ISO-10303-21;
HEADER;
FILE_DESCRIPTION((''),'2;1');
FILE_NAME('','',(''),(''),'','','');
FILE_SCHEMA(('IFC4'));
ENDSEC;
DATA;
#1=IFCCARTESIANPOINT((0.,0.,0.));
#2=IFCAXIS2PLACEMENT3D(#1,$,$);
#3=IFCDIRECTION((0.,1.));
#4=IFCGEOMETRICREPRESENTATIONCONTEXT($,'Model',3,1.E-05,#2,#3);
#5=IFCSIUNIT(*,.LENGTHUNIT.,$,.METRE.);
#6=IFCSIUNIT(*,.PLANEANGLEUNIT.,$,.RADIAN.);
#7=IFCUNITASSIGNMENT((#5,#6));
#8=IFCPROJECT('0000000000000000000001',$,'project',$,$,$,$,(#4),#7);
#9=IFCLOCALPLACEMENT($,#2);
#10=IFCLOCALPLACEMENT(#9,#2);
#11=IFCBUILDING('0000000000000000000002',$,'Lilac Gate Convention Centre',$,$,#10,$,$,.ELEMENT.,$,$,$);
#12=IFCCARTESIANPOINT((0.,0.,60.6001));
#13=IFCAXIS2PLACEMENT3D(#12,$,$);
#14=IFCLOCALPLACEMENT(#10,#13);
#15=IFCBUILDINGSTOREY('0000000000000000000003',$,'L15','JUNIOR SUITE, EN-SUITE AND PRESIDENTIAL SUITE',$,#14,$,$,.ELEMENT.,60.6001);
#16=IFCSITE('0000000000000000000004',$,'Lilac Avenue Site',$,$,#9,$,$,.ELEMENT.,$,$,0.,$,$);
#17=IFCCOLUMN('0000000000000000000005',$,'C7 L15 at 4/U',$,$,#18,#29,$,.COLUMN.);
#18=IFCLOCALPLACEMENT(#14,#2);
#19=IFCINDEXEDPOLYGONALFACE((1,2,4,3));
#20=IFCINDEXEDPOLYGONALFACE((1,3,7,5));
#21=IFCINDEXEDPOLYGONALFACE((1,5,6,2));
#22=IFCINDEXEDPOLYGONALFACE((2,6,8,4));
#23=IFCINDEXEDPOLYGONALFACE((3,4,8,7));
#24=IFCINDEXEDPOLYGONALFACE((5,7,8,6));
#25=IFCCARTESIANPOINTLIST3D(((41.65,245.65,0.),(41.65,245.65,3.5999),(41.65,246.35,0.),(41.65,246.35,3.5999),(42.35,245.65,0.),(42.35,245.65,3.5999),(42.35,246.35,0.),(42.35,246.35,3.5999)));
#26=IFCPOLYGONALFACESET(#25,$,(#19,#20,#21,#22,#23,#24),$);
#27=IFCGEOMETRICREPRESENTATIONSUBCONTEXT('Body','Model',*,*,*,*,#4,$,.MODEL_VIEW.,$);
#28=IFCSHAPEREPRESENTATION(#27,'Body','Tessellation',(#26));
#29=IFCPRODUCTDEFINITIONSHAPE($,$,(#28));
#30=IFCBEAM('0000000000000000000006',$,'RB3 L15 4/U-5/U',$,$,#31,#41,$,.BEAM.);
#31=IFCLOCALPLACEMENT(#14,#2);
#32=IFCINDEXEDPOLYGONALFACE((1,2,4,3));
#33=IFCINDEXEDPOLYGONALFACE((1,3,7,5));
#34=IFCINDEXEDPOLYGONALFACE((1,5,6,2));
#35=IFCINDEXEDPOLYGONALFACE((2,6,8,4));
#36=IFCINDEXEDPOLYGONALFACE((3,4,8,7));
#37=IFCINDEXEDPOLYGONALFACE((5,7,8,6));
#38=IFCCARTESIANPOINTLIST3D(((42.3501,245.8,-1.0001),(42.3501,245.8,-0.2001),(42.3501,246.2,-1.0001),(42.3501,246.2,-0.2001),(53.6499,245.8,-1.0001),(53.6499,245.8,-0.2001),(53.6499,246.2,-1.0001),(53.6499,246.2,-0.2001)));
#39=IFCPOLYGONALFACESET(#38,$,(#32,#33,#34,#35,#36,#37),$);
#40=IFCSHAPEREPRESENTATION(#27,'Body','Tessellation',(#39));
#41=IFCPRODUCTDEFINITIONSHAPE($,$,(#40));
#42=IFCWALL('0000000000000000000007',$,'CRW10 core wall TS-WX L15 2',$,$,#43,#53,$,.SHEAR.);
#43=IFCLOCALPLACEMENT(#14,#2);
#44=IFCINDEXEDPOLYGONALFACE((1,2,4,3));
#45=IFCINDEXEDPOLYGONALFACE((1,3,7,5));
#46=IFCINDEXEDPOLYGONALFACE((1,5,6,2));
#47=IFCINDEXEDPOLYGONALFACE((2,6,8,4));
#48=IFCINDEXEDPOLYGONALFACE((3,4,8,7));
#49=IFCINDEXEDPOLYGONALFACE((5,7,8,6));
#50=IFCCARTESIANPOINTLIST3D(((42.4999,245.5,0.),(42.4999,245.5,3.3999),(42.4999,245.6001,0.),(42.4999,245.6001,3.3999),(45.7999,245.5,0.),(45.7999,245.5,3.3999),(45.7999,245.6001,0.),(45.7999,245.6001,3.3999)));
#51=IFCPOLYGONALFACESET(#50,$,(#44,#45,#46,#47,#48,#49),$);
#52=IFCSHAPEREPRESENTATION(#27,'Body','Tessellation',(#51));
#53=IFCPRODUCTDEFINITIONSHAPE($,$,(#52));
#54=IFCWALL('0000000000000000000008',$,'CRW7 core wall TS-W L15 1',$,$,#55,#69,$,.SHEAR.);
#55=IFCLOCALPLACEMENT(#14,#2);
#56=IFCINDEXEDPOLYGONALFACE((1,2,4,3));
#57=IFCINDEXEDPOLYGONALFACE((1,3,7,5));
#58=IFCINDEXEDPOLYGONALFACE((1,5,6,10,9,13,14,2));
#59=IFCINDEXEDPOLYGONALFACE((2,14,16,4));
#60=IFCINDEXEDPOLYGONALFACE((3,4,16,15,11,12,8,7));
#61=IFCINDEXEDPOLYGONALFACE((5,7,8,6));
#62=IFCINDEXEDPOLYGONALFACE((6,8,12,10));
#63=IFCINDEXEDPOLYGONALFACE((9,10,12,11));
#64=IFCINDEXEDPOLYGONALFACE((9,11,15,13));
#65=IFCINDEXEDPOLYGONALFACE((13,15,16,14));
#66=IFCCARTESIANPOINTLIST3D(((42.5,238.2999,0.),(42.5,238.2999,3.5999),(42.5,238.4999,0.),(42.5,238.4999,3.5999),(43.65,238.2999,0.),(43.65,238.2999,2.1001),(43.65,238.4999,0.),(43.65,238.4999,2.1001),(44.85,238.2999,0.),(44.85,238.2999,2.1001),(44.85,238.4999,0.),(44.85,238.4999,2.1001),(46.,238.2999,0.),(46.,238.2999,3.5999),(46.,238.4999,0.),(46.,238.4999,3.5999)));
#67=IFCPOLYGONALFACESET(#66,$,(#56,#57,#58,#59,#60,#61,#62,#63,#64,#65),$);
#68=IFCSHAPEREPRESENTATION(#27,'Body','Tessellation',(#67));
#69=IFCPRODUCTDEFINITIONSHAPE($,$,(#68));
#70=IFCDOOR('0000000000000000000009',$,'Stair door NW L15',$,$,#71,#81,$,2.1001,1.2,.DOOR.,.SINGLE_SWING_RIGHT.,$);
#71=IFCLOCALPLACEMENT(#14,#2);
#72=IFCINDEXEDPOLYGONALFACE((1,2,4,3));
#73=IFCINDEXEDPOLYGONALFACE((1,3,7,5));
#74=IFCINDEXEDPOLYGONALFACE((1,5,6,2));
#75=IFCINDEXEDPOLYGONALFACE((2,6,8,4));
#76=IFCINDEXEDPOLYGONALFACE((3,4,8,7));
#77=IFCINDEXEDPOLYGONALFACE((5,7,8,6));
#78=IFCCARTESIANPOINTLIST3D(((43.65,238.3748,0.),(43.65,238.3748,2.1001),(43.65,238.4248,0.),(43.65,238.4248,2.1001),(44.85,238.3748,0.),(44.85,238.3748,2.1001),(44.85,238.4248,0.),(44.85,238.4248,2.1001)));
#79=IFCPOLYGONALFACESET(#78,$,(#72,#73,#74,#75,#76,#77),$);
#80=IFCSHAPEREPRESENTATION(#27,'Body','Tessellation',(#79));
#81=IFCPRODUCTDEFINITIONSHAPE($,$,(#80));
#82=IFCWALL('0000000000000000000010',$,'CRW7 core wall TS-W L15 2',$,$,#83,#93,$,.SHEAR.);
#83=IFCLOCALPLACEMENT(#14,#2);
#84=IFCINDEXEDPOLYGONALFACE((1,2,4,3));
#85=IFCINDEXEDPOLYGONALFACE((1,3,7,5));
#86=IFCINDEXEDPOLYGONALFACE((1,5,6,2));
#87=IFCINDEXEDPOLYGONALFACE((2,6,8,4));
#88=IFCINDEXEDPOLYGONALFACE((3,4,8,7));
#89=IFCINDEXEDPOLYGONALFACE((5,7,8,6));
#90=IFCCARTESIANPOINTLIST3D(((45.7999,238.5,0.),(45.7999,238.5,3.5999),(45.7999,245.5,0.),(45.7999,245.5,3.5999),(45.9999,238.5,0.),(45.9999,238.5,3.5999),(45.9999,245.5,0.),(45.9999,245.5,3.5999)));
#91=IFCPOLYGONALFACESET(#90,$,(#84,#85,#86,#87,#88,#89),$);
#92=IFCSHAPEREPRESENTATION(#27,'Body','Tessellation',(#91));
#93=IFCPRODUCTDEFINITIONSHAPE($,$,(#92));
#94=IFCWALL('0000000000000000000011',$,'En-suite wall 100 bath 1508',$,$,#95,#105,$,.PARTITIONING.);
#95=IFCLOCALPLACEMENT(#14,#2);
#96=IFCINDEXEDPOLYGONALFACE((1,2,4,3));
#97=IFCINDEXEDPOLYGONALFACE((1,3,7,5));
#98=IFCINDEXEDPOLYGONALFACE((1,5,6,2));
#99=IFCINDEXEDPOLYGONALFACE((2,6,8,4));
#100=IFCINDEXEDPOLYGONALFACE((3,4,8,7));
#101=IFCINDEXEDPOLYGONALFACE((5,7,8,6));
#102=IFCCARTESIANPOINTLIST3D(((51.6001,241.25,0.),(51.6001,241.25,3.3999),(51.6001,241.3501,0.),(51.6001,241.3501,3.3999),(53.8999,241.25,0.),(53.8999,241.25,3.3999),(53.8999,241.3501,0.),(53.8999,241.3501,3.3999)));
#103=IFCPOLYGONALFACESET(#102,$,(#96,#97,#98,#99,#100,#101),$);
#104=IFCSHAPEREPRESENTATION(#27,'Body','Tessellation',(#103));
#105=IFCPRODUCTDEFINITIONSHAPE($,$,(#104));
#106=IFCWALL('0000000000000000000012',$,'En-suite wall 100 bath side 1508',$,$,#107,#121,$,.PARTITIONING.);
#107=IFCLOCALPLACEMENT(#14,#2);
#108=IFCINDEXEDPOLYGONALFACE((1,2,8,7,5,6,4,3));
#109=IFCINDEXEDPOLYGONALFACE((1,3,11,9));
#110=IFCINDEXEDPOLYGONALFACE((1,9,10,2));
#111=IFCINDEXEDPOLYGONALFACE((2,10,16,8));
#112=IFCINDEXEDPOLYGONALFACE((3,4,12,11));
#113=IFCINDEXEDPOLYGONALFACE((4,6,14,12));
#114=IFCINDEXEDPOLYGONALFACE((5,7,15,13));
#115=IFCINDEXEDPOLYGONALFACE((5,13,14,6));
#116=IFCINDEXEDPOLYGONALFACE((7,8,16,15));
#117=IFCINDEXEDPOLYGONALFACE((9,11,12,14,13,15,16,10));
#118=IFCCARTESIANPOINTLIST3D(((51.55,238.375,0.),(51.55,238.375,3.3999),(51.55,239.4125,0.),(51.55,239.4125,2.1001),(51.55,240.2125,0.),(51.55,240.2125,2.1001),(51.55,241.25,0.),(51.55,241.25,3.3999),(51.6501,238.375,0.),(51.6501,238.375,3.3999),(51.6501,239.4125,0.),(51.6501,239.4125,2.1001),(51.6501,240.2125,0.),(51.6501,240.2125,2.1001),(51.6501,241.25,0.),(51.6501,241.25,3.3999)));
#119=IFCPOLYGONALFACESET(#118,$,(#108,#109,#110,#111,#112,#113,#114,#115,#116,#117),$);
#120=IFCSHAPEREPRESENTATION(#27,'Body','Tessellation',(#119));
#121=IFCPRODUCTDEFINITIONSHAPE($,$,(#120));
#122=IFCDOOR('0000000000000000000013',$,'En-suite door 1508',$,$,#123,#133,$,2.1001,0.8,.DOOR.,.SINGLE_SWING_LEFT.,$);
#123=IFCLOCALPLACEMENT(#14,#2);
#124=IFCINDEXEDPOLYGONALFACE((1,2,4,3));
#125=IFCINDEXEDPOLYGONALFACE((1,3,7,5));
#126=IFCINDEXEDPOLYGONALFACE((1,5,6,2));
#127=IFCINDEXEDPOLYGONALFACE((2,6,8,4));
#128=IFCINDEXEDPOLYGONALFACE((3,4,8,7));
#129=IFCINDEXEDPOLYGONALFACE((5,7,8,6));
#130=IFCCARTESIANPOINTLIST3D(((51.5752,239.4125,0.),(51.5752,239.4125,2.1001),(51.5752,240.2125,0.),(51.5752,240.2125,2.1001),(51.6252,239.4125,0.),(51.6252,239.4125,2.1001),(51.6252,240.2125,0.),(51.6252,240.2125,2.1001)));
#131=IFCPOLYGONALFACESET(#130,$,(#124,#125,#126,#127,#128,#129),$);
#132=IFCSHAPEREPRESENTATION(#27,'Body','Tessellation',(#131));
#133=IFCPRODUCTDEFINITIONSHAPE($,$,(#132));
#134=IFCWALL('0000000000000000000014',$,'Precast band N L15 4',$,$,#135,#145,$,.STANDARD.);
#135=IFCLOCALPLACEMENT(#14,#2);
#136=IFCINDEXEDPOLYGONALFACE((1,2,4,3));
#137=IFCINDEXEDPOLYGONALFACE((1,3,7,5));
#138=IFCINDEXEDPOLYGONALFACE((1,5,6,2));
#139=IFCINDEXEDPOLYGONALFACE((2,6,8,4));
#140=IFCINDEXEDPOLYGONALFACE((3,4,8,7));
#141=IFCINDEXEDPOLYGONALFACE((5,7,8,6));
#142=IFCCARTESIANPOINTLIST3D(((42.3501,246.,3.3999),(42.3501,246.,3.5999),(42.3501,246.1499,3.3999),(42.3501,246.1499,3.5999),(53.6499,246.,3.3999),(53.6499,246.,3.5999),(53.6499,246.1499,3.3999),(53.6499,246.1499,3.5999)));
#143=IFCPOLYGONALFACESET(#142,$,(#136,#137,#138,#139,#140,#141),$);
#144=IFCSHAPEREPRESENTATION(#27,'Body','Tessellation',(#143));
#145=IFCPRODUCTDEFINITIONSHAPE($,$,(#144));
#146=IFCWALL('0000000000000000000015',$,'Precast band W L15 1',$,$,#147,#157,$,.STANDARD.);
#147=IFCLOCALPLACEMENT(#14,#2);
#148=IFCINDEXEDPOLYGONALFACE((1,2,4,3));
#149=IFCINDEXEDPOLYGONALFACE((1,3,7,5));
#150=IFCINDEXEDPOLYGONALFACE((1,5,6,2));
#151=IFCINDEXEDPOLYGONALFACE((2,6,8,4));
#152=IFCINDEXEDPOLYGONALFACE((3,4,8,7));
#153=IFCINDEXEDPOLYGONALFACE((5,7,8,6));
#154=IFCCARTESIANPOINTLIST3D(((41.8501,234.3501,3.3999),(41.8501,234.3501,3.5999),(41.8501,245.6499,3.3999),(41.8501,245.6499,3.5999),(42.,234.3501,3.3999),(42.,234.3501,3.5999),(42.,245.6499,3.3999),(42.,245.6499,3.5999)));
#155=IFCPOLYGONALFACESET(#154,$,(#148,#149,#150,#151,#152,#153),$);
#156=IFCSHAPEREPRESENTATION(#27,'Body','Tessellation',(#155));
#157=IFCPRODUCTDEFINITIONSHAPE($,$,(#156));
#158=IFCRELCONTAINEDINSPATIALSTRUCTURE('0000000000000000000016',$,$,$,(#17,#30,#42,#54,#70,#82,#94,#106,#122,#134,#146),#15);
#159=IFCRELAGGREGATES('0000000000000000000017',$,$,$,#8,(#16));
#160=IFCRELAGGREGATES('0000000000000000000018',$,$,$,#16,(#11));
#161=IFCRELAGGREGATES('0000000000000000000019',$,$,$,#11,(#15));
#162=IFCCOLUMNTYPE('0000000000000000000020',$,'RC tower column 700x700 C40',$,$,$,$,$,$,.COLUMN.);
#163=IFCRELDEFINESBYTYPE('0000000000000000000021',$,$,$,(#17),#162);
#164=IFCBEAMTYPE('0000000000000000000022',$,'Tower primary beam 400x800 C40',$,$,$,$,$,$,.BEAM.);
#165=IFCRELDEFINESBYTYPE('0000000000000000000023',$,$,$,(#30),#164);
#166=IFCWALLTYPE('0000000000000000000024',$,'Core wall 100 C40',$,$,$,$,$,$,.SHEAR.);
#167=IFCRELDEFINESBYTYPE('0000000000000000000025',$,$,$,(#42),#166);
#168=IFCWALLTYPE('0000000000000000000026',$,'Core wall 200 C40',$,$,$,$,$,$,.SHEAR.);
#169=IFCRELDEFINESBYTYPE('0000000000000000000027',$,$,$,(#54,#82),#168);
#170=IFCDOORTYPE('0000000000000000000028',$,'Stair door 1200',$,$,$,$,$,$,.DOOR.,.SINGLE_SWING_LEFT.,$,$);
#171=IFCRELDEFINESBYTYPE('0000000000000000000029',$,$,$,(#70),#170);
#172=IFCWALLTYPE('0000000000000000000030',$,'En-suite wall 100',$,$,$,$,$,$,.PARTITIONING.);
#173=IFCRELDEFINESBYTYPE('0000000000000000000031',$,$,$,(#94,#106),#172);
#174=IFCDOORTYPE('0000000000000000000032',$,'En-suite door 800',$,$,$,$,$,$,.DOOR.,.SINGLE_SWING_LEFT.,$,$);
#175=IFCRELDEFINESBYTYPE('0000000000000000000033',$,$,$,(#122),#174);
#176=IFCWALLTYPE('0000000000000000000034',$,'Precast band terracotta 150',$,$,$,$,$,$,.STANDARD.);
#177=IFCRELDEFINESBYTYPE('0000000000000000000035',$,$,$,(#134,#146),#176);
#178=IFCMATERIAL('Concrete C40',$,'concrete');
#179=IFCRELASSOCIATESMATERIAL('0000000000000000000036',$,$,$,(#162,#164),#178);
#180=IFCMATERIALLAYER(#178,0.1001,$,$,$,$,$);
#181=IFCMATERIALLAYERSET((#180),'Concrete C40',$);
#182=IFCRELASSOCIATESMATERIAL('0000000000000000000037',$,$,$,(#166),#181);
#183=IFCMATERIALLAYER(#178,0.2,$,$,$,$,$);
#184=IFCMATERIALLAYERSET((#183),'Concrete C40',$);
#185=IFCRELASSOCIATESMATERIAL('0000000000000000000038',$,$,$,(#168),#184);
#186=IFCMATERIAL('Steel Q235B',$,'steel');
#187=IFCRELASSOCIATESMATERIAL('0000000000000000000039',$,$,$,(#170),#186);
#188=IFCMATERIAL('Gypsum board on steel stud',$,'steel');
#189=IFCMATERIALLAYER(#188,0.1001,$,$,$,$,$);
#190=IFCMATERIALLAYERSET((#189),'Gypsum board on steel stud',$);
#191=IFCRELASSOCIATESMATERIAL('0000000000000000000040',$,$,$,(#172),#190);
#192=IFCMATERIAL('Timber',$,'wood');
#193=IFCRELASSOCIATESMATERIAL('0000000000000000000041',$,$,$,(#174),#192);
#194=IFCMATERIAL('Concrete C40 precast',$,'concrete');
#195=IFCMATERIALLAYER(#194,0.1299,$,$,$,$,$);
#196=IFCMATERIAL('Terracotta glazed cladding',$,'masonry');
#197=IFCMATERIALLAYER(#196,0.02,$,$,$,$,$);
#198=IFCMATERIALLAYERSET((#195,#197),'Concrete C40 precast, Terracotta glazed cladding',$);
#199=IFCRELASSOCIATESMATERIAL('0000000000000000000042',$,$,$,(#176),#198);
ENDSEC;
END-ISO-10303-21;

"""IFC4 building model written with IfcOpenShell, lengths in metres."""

from ifc_helpers import new_model, si_unit, direction, frame, frame_2d, origin, origin_2d, place, context, subcontext, project, spatial, rectangle, extrude, material, layer, layer_set, material_profile, profile_set, type_object, element, fill, save


model = new_model("IFC4")

# Units and contexts
model_context = context("Model", 3, precision=1e-05, world=origin(), true_north=direction((0.0, 1.0)))
body_context = subcontext(model_context, "Body", "Model", "MODEL_VIEW")
ifc_project = project(units=[si_unit("LENGTHUNIT", "METRE"), si_unit("PLANEANGLEUNIT", "RADIAN")], contexts=[model_context])

# Site, building, storey
site_placement = place(None, origin())
site = spatial("IfcSite", under=ifc_project, at=site_placement, Name="Lilac Avenue Site", CompositionType="ELEMENT", RefElevation=0.0)
building_placement = place(site_placement, origin())
building = spatial("IfcBuilding", under=site, at=building_placement, Name="Lilac Gate Convention Centre", CompositionType="ELEMENT")
storey_placement = place(building_placement, frame((0.0, 0.0, 60.6001)))
storey = spatial("IfcBuildingStorey", under=building, at=storey_placement, Name="L15", Description="JUNIOR SUITE, EN-SUITE AND PRESIDENTIAL SUITE", CompositionType="ELEMENT", Elevation=60.6001)

# Column
ifc_material_1 = material(Name="Concrete C40", Category="concrete")
ifc_material_profile_1 = material_profile(ifc_material_1, rectangle(XDim=0.7, YDim=0.7, at=origin_2d()), Name="RC 700x700")
ifc_profile_set_1 = profile_set([ifc_material_profile_1], Name="Concrete C40")
column_type = type_object("IfcColumnType", Name="RC tower column 700x700 C40", PredefinedType="COLUMN", material=ifc_profile_set_1)
column_placement = place(storey_placement, frame((42.0, 246.0, 0.0), z_axis=(0.0, 0.0, 1.0), x_axis=(1.0, 0.0, 0.0)))
element("IfcColumn", 1, at=column_placement, inside=storey, type_object=column_type, Name="C7 L15 at 4/U", PredefinedType="COLUMN", context=body_context, shape_type="SweptSolid", body=[
    extrude(rectangle(XDim=0.7, YDim=0.7, at=origin_2d()), origin(), (0.0, 0.0, 1.0), 3.5999),
])

# Beam
ifc_material_profile_2 = material_profile(ifc_material_1, rectangle(XDim=0.3999, YDim=0.8, at=origin_2d()), Name="RC 400x800")
ifc_profile_set_2 = profile_set([ifc_material_profile_2], Name="Concrete C40")
beam_type = type_object("IfcBeamType", Name="Tower primary beam 400x800 C40", PredefinedType="BEAM", material=ifc_profile_set_2)
beam_placement = place(storey_placement, frame((42.3501, 246.0, -0.6001), z_axis=(1.0, 0.0, 0.0), x_axis=(0.0, 1.0, 0.0)))
element("IfcBeam", 2, at=beam_placement, inside=storey, type_object=beam_type, Name="RB3 L15 4/U-5/U", PredefinedType="BEAM", context=body_context, shape_type="SweptSolid", body=[
    extrude(rectangle(XDim=0.3999, YDim=0.8, at=origin_2d()), origin(), (0.0, 0.0, 1.0), 11.2998),
])

# Wall
ifc_layer_1 = layer(ifc_material_1, 0.1001)
ifc_layer_set_1 = layer_set([ifc_layer_1], Name="Concrete C40")
wall_type_1 = type_object("IfcWallType", Name="Core wall 100 C40", PredefinedType="SHEAR", material=ifc_layer_set_1)
wall_1_placement = place(storey_placement, frame((42.5, 245.55, 0.0), z_axis=(0.0, 0.0, 1.0), x_axis=(1.0, 0.0, 0.0)))
element("IfcWall", 3, at=wall_1_placement, inside=storey, type_object=wall_type_1, Name="CRW10 core wall TS-WX L15 2", PredefinedType="SHEAR", context=body_context, shape_type="SweptSolid", body=[
    extrude(rectangle(XDim=3.3, YDim=0.1001, at=frame_2d((1.6499, 0.0))), origin(), (0.0, 0.0, 1.0), 3.3999),
])

# Wall, opening, door
ifc_layer_2 = layer(ifc_material_1, 0.2)
ifc_layer_set_2 = layer_set([ifc_layer_2], Name="Concrete C40")
wall_type_2 = type_object("IfcWallType", Name="Core wall 200 C40", PredefinedType="SHEAR", material=ifc_layer_set_2)
wall_2_placement = place(storey_placement, frame((42.5, 238.3999, 0.0), z_axis=(0.0, 0.0, 1.0), x_axis=(1.0, 0.0, 0.0)))
wall_2 = element("IfcWall", 4, at=wall_2_placement, inside=storey, type_object=wall_type_2, Name="CRW7 core wall TS-W L15 1", PredefinedType="SHEAR", context=body_context, shape_type="SweptSolid", body=[
    extrude(rectangle(XDim=3.5, YDim=0.2, at=frame_2d((1.75, 0.0))), origin(), (0.0, 0.0, 1.0), 3.5999),
])
opening_1_placement = place(wall_2_placement, frame((1.1499, 0.0, 0.0)))
opening_1 = element("IfcOpeningElement", 5, at=opening_1_placement, cuts=wall_2, PredefinedType="OPENING", context=body_context, shape_type="SweptSolid", body=[
    extrude(rectangle(XDim=1.2, YDim=2.1001, at=frame_2d((0.6001, 1.05))), frame((0.0, 0.1099, 0.0), z_axis=(0.0, -1.0, 0.0), x_axis=(1.0, 0.0, 0.0)), (0.0, 0.0, 1.0), 0.22),
])
ifc_material_2 = material(Name="Steel Q235B", Category="steel")
door_type_1 = type_object("IfcDoorType", Name="Stair door 1200", OperationType="SINGLE_SWING_LEFT", PredefinedType="DOOR", material=ifc_material_2)
door_1_placement = place(opening_1_placement, origin())
door_1 = element("IfcDoor", 6, at=door_1_placement, inside=storey, type_object=door_type_1, Name="Stair door NW L15", OperationType="SINGLE_SWING_RIGHT", OverallHeight=2.1001, OverallWidth=1.2, PredefinedType="DOOR", context=body_context, shape_type="SweptSolid", body=[
    extrude(rectangle(XDim=1.2, YDim=2.1001, at=frame_2d((0.6001, 1.05))), frame((0.0, 0.0249, 0.0), z_axis=(0.0, -1.0, 0.0), x_axis=(1.0, 0.0, 0.0)), (0.0, 0.0, 1.0), 0.05),
])
fill(opening_1, door_1)

# Walls
wall_3_placement = place(storey_placement, frame((45.8999, 238.5, 0.0), z_axis=(0.0, 0.0, 1.0), x_axis=(0.0, 1.0, 0.0)))
element("IfcWall", 7, at=wall_3_placement, inside=storey, type_object=wall_type_2, Name="CRW7 core wall TS-W L15 2", PredefinedType="SHEAR", context=body_context, shape_type="SweptSolid", body=[
    extrude(rectangle(XDim=7.0, YDim=0.2, at=frame_2d((3.5, 0.0))), origin(), (0.0, 0.0, 1.0), 3.5999),
])
ifc_material_3 = material(Name="Gypsum board on steel stud", Category="steel")
ifc_layer_3 = layer(ifc_material_3, 0.1001)
ifc_layer_set_3 = layer_set([ifc_layer_3], Name="Gypsum board on steel stud")
wall_type_3 = type_object("IfcWallType", Name="En-suite wall 100", PredefinedType="PARTITIONING", material=ifc_layer_set_3)
wall_4_placement = place(storey_placement, frame((51.6001, 241.3, 0.0), z_axis=(0.0, 0.0, 1.0), x_axis=(1.0, 0.0, 0.0)))
element("IfcWall", 8, at=wall_4_placement, inside=storey, type_object=wall_type_3, Name="En-suite wall 100 bath 1508", PredefinedType="PARTITIONING", context=body_context, shape_type="SweptSolid", body=[
    extrude(rectangle(XDim=2.2998, YDim=0.1001, at=frame_2d((1.1499, 0.0))), origin(), (0.0, 0.0, 1.0), 3.3999),
])

# Wall, opening, door
wall_5_placement = place(storey_placement, frame((51.6001, 238.375, 0.0), z_axis=(0.0, 0.0, 1.0), x_axis=(0.0, 1.0, 0.0)))
wall_5 = element("IfcWall", 9, at=wall_5_placement, inside=storey, type_object=wall_type_3, Name="En-suite wall 100 bath side 1508", PredefinedType="PARTITIONING", context=body_context, shape_type="SweptSolid", body=[
    extrude(rectangle(XDim=2.875, YDim=0.1001, at=frame_2d((1.4375, 0.0))), origin(), (0.0, 0.0, 1.0), 3.3999),
])
opening_2_placement = place(wall_5_placement, frame((1.0376, 0.0, 0.0)))
opening_2 = element("IfcOpeningElement", 10, at=opening_2_placement, cuts=wall_5, PredefinedType="OPENING", context=body_context, shape_type="SweptSolid", body=[
    extrude(rectangle(XDim=0.8, YDim=2.1001, at=frame_2d((0.3999, 1.05))), frame((0.0, 0.0601, 0.0), z_axis=(0.0, -1.0, 0.0), x_axis=(1.0, 0.0, 0.0)), (0.0, 0.0, 1.0), 0.1201),
])
ifc_material_4 = material(Name="Timber", Category="wood")
door_type_2 = type_object("IfcDoorType", Name="En-suite door 800", OperationType="SINGLE_SWING_LEFT", PredefinedType="DOOR", material=ifc_material_4)
door_2_placement = place(opening_2_placement, origin())
door_2 = element("IfcDoor", 11, at=door_2_placement, inside=storey, type_object=door_type_2, Name="En-suite door 1508", OperationType="SINGLE_SWING_LEFT", OverallHeight=2.1001, OverallWidth=0.8, PredefinedType="DOOR", context=body_context, shape_type="SweptSolid", body=[
    extrude(rectangle(XDim=0.8, YDim=2.1001, at=frame_2d((0.3999, 1.05))), frame((0.0, 0.0249, 0.0), z_axis=(0.0, -1.0, 0.0), x_axis=(1.0, 0.0, 0.0)), (0.0, 0.0, 1.0), 0.05),
])
fill(opening_2, door_2)

# Walls
ifc_material_5 = material(Name="Concrete C40 precast", Category="concrete")
ifc_layer_4 = layer(ifc_material_5, 0.1299)
ifc_material_6 = material(Name="Terracotta glazed cladding", Category="masonry")
ifc_layer_5 = layer(ifc_material_6, 0.02)
ifc_layer_set_4 = layer_set([ifc_layer_4, ifc_layer_5], Name="Concrete C40 precast, Terracotta glazed cladding")
wall_type_4 = type_object("IfcWallType", Name="Precast band terracotta 150", PredefinedType="STANDARD", material=ifc_layer_set_4)
for number, where, z_axis, x_axis, name in (
    (12, (53.6499, 246.075, 3.3999), (0.0, 0.0, 1.0), (-1.0, 0.0, 0.0), "Precast band N L15 4"),
    (13, (41.925, 245.6499, 3.3999), (0.0, 0.0, 1.0), (0.0, -1.0, 0.0), "Precast band W L15 1"),
):
    element("IfcWall", number, at=place(storey_placement, frame(where, z_axis=z_axis, x_axis=x_axis)), inside=storey, type_object=wall_type_4, Name=name, PredefinedType="STANDARD", context=body_context, shape_type="SweptSolid", body=[
        extrude(rectangle(XDim=11.2998, YDim=0.1499, at=frame_2d((5.6499, 0.0))), origin(), (0.0, 0.0, 1.0), 0.2),
    ])

save(model, "model.ifc")
